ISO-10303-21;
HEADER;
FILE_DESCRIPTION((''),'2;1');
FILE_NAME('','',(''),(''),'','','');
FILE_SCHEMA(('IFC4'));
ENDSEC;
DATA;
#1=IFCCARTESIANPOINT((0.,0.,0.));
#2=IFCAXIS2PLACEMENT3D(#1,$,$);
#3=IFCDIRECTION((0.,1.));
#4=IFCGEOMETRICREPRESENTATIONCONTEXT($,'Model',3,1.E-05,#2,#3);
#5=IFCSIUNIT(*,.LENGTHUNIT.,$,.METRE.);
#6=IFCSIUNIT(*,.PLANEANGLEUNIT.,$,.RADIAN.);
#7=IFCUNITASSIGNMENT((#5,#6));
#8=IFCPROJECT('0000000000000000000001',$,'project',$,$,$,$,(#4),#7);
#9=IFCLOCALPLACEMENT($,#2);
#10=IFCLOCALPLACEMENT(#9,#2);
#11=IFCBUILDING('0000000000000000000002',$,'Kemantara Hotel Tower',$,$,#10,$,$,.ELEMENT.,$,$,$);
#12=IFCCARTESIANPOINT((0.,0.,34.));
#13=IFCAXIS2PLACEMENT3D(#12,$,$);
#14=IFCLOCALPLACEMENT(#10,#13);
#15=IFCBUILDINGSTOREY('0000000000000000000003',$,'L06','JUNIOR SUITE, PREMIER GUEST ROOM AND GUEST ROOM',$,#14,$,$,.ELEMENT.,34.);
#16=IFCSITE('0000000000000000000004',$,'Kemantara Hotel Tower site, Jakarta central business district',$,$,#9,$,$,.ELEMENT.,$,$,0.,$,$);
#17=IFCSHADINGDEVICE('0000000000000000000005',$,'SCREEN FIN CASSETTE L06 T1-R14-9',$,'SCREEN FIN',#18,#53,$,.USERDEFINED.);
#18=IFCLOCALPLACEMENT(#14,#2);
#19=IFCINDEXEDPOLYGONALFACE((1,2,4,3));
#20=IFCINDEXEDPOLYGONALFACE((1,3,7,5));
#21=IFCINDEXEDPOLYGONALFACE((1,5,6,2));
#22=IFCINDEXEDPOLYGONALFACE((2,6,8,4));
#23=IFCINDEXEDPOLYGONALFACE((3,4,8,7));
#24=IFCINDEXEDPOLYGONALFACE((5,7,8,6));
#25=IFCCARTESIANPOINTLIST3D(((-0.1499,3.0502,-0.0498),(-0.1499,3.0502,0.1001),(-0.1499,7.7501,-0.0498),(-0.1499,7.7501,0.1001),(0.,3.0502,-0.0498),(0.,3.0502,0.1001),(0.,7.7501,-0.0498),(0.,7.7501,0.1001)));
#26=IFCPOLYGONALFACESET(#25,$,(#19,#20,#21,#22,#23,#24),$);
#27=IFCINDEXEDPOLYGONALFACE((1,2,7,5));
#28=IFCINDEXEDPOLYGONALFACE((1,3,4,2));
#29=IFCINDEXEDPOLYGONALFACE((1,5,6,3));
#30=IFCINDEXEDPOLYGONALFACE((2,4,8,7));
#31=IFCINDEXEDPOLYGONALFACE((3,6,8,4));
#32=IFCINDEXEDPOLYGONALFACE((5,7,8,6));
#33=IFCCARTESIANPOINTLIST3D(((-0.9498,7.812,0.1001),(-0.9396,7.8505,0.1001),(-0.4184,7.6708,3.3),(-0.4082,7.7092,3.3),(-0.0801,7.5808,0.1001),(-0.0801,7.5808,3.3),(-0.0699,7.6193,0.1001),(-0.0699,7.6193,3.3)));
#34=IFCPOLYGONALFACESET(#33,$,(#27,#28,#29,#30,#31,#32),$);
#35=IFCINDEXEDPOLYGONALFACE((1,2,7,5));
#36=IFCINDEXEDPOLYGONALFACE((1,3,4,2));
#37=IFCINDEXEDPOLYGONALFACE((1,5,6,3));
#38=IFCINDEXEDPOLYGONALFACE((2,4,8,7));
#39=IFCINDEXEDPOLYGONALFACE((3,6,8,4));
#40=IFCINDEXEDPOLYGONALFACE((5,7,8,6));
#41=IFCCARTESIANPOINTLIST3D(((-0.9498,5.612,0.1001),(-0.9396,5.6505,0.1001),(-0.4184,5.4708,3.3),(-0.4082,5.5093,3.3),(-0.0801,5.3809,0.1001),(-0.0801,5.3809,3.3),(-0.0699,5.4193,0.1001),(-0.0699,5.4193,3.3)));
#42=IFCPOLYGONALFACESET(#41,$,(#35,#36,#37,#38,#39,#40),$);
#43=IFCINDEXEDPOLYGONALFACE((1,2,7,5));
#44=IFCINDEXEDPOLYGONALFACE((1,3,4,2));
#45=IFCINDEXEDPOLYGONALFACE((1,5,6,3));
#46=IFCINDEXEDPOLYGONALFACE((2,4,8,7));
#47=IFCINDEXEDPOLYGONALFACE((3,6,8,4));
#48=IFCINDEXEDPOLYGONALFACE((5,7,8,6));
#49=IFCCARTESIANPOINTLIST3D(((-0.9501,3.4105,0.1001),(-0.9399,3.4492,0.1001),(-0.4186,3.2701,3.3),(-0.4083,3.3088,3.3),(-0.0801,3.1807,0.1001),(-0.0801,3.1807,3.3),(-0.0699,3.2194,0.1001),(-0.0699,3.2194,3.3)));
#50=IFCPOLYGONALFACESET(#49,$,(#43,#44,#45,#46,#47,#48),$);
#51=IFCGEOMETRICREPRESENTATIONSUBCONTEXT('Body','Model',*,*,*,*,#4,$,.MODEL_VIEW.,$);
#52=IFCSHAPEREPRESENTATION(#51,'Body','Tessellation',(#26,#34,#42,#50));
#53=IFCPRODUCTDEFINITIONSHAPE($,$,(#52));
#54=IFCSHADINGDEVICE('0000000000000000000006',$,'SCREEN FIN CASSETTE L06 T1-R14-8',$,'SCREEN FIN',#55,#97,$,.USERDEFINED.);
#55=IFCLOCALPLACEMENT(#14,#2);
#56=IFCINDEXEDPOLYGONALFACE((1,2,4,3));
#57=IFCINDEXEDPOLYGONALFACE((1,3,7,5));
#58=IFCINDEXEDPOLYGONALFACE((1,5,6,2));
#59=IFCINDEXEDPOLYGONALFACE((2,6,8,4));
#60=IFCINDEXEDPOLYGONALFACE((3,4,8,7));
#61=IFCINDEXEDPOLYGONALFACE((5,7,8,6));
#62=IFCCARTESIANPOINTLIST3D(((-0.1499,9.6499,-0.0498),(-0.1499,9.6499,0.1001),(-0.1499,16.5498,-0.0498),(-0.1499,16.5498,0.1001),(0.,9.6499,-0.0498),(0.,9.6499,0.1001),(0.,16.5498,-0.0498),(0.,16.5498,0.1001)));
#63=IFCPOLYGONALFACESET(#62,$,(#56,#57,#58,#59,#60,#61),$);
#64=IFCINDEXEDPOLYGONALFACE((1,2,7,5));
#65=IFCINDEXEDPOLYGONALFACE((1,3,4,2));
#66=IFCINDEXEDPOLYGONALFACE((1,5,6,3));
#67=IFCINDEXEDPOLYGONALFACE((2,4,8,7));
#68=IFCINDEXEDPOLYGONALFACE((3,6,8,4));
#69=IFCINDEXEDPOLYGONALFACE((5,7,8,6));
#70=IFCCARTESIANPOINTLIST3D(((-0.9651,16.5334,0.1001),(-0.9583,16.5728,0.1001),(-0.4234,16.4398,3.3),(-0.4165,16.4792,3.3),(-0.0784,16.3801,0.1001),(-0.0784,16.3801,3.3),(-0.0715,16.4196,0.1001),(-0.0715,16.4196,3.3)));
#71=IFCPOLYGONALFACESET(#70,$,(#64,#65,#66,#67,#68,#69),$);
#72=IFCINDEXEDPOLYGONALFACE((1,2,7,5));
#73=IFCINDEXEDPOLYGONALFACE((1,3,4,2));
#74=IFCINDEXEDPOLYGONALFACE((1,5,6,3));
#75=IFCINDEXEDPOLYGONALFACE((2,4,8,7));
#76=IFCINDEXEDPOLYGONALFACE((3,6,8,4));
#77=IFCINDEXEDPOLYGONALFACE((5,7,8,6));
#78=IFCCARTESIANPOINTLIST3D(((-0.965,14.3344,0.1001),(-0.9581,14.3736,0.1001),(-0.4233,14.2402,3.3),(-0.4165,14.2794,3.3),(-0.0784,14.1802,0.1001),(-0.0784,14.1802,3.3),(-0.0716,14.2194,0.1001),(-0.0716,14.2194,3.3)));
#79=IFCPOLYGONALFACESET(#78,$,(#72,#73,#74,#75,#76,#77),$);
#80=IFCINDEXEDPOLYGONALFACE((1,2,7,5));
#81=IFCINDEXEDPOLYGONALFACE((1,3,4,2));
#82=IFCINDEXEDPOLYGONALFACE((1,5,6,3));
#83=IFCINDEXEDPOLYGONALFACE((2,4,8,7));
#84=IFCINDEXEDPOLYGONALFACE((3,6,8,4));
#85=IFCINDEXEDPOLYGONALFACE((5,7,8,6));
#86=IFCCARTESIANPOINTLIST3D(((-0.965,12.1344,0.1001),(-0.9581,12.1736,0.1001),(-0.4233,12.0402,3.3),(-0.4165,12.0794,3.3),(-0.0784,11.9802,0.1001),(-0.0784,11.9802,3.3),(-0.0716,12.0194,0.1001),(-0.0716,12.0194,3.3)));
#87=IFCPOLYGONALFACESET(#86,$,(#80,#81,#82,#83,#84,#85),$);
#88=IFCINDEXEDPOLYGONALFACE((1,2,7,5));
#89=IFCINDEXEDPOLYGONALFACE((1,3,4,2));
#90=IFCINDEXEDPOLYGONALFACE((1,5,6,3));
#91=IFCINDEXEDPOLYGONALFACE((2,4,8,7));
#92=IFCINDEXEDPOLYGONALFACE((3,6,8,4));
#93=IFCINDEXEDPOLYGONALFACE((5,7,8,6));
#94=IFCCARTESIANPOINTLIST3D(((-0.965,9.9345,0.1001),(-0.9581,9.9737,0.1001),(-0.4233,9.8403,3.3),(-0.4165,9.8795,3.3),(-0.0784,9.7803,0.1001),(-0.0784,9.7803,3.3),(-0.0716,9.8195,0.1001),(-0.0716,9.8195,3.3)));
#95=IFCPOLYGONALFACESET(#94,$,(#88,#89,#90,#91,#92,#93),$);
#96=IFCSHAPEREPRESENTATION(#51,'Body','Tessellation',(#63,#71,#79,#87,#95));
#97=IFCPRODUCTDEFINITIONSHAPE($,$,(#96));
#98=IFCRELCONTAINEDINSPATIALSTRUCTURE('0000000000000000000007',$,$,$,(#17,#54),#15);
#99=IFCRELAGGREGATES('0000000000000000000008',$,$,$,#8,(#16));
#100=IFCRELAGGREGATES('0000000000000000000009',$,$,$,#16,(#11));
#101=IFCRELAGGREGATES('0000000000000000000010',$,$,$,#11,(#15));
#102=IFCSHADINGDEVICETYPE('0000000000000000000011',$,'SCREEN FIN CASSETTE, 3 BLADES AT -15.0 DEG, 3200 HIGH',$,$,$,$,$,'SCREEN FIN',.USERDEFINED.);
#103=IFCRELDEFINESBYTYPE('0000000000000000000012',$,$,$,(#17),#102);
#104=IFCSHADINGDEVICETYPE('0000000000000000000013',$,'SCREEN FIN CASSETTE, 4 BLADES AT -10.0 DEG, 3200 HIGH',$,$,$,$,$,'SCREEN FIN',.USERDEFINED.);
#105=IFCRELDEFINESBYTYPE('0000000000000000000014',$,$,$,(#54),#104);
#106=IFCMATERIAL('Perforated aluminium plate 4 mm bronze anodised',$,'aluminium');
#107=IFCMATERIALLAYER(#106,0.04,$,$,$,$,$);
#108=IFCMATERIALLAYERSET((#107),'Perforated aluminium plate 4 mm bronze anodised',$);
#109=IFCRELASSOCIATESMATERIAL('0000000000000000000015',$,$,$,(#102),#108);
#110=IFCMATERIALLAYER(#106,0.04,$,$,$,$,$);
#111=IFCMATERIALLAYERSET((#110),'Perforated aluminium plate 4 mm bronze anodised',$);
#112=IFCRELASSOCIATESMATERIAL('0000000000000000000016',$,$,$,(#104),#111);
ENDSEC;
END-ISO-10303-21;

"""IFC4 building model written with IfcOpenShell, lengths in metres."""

from ifc_helpers import new_model, si_unit, direction, frame, origin, origin_2d, place, context, subcontext, project, spatial, polyline, rectangle, outline, extrude, source, transform, mapped, material, layer, layer_set, type_object, element, save


model = new_model("IFC4")

# Units and contexts
model_context = context("Model", 3, precision=1e-05, world=origin(), true_north=direction((0.0, 1.0)))
body_context = subcontext(model_context, "Body", "Model", "MODEL_VIEW")
ifc_project = project(units=[si_unit("LENGTHUNIT", "METRE"), si_unit("PLANEANGLEUNIT", "RADIAN")], contexts=[model_context])

# Site, building, storey
site_placement = place(None, origin())
site = spatial("IfcSite", under=ifc_project, at=site_placement, Name="Kemantara Hotel Tower site, Jakarta central business district", CompositionType="ELEMENT", RefElevation=0.0)
building_placement = place(site_placement, origin())
building = spatial("IfcBuilding", under=site, at=building_placement, Name="Kemantara Hotel Tower", CompositionType="ELEMENT")
storey_placement = place(building_placement, frame((0.0, 0.0, 34.0)))
storey = spatial("IfcBuildingStorey", under=building, at=storey_placement, Name="L06", Description="JUNIOR SUITE, PREMIER GUEST ROOM AND GUEST ROOM", CompositionType="ELEMENT", Elevation=34.0)

# Shading devices
ifc_material_1 = material(Name="Perforated aluminium plate 4 mm bronze anodised", Category="aluminium")
ifc_layer_1 = layer(ifc_material_1, 0.04)
ifc_layer_set_1 = layer_set([ifc_layer_1], Name="Perforated aluminium plate 4 mm bronze anodised")
shading_device_type_1 = type_object("IfcShadingDeviceType", Name="SCREEN FIN CASSETTE, 3 BLADES AT -15.0 DEG, 3200 HIGH", ElementType="SCREEN FIN", PredefinedType="USERDEFINED", material=ifc_layer_set_1)
shared_shape_1 = source(origin(), body_context, "Body", "SweptSolid", [
    extrude(rectangle(XDim=4.7, YDim=0.1499, at=origin_2d()), frame((2.2, -0.075, -0.1499), z_axis=(0.0, 0.0, 1.0), x_axis=(1.0, 0.0, 0.0)), (0.0, 0.0, 1.0), 0.1499),
    extrude(outline(polyline([(0.0, 0.0), (0.8999, 0.0), (0.3501, 3.2), (0.0, 3.2), (0.0, 0.0)])), frame((0.0193, -0.0801, 0.0), z_axis=(-0.966438, 0.256901, 0.0), x_axis=(-0.256901, -0.966438, 0.0)), (0.0, 0.0, 1.0), 0.0398),
    extrude(outline(polyline([(0.0, 0.0), (0.8999, 0.0), (0.3501, 3.2), (0.0, 3.2), (0.0, 0.0)])), frame((2.2192, -0.0801, 0.0), z_axis=(-0.966438, 0.256901, 0.0), x_axis=(-0.256901, -0.966438, 0.0)), (0.0, 0.0, 1.0), 0.0398),
    extrude(outline(polyline([(0.0, 0.0), (0.8999, 0.0), (0.3501, 3.2), (0.0, 3.2), (0.0, 0.0)])), frame((4.4194, -0.0801, 0.0), z_axis=(-0.966838, 0.255391, 0.0), x_axis=(-0.255391, -0.966838, 0.0)), (0.0, 0.0, 1.0), 0.04),
])
shading_device_1_placement = place(storey_placement, frame((0.0, 7.6001, 0.1001), z_axis=(0.0, 0.0, 1.0), x_axis=(0.0, -1.0, 0.0)))
element("IfcShadingDevice", 1, at=shading_device_1_placement, inside=storey, type_object=shading_device_type_1, Name="SCREEN FIN CASSETTE L06 T1-R14-9", ObjectType="SCREEN FIN", PredefinedType="USERDEFINED", context=body_context, shape_type="MappedRepresentation", body=[
    mapped(shared_shape_1, transform((0.0, 0.0, 0.0))),
])
ifc_layer_2 = layer(ifc_material_1, 0.04)
ifc_layer_set_2 = layer_set([ifc_layer_2], Name="Perforated aluminium plate 4 mm bronze anodised")
shading_device_type_2 = type_object("IfcShadingDeviceType", Name="SCREEN FIN CASSETTE, 4 BLADES AT -10.0 DEG, 3200 HIGH", ElementType="SCREEN FIN", PredefinedType="USERDEFINED", material=ifc_layer_set_2)
shared_shape_2 = source(origin(), body_context, "Body", "SweptSolid", [
    extrude(rectangle(XDim=6.8999, YDim=0.1499, at=origin_2d()), frame((3.3, -0.075, -0.1499), z_axis=(0.0, 0.0, 1.0), x_axis=(1.0, 0.0, 0.0)), (0.0, 0.0, 1.0), 0.1499),
    extrude(outline(polyline([(0.0, 0.0), (0.8999, 0.0), (0.3501, 3.2), (0.0, 3.2), (0.0, 0.0)])), frame((0.0198, -0.0784, 0.0), z_axis=(-0.98539, 0.170314, 0.0), x_axis=(-0.170314, -0.98539, 0.0)), (0.0, 0.0, 1.0), 0.04),
    extrude(outline(polyline([(0.0, 0.0), (0.8999, 0.0), (0.3501, 3.2), (0.0, 3.2), (0.0, 0.0)])), frame((2.2197, -0.0784, 0.0), z_axis=(-0.985212, 0.171341, 0.0), x_axis=(-0.171341, -0.985212, 0.0)), (0.0, 0.0, 1.0), 0.0398),
    extrude(outline(polyline([(0.0, 0.0), (0.8999, 0.0), (0.3501, 3.2), (0.0, 3.2), (0.0, 0.0)])), frame((4.4197, -0.0784, 0.0), z_axis=(-0.985212, 0.171341, 0.0), x_axis=(-0.171341, -0.985212, 0.0)), (0.0, 0.0, 1.0), 0.0398),
    extrude(outline(polyline([(0.0, 0.0), (0.8999, 0.0), (0.3501, 3.2), (0.0, 3.2), (0.0, 0.0)])), frame((6.6196, -0.0784, 0.0), z_axis=(-0.985212, 0.171341, 0.0), x_axis=(-0.171341, -0.985212, 0.0)), (0.0, 0.0, 1.0), 0.0398),
])
shading_device_2_placement = place(storey_placement, frame((0.0, 16.3999, 0.1001), z_axis=(0.0, 0.0, 1.0), x_axis=(0.0, -1.0, 0.0)))
element("IfcShadingDevice", 2, at=shading_device_2_placement, inside=storey, type_object=shading_device_type_2, Name="SCREEN FIN CASSETTE L06 T1-R14-8", ObjectType="SCREEN FIN", PredefinedType="USERDEFINED", context=body_context, shape_type="MappedRepresentation", body=[
    mapped(shared_shape_2, transform((0.0, 0.0, 0.0))),
])

save(model, "model.ifc")
